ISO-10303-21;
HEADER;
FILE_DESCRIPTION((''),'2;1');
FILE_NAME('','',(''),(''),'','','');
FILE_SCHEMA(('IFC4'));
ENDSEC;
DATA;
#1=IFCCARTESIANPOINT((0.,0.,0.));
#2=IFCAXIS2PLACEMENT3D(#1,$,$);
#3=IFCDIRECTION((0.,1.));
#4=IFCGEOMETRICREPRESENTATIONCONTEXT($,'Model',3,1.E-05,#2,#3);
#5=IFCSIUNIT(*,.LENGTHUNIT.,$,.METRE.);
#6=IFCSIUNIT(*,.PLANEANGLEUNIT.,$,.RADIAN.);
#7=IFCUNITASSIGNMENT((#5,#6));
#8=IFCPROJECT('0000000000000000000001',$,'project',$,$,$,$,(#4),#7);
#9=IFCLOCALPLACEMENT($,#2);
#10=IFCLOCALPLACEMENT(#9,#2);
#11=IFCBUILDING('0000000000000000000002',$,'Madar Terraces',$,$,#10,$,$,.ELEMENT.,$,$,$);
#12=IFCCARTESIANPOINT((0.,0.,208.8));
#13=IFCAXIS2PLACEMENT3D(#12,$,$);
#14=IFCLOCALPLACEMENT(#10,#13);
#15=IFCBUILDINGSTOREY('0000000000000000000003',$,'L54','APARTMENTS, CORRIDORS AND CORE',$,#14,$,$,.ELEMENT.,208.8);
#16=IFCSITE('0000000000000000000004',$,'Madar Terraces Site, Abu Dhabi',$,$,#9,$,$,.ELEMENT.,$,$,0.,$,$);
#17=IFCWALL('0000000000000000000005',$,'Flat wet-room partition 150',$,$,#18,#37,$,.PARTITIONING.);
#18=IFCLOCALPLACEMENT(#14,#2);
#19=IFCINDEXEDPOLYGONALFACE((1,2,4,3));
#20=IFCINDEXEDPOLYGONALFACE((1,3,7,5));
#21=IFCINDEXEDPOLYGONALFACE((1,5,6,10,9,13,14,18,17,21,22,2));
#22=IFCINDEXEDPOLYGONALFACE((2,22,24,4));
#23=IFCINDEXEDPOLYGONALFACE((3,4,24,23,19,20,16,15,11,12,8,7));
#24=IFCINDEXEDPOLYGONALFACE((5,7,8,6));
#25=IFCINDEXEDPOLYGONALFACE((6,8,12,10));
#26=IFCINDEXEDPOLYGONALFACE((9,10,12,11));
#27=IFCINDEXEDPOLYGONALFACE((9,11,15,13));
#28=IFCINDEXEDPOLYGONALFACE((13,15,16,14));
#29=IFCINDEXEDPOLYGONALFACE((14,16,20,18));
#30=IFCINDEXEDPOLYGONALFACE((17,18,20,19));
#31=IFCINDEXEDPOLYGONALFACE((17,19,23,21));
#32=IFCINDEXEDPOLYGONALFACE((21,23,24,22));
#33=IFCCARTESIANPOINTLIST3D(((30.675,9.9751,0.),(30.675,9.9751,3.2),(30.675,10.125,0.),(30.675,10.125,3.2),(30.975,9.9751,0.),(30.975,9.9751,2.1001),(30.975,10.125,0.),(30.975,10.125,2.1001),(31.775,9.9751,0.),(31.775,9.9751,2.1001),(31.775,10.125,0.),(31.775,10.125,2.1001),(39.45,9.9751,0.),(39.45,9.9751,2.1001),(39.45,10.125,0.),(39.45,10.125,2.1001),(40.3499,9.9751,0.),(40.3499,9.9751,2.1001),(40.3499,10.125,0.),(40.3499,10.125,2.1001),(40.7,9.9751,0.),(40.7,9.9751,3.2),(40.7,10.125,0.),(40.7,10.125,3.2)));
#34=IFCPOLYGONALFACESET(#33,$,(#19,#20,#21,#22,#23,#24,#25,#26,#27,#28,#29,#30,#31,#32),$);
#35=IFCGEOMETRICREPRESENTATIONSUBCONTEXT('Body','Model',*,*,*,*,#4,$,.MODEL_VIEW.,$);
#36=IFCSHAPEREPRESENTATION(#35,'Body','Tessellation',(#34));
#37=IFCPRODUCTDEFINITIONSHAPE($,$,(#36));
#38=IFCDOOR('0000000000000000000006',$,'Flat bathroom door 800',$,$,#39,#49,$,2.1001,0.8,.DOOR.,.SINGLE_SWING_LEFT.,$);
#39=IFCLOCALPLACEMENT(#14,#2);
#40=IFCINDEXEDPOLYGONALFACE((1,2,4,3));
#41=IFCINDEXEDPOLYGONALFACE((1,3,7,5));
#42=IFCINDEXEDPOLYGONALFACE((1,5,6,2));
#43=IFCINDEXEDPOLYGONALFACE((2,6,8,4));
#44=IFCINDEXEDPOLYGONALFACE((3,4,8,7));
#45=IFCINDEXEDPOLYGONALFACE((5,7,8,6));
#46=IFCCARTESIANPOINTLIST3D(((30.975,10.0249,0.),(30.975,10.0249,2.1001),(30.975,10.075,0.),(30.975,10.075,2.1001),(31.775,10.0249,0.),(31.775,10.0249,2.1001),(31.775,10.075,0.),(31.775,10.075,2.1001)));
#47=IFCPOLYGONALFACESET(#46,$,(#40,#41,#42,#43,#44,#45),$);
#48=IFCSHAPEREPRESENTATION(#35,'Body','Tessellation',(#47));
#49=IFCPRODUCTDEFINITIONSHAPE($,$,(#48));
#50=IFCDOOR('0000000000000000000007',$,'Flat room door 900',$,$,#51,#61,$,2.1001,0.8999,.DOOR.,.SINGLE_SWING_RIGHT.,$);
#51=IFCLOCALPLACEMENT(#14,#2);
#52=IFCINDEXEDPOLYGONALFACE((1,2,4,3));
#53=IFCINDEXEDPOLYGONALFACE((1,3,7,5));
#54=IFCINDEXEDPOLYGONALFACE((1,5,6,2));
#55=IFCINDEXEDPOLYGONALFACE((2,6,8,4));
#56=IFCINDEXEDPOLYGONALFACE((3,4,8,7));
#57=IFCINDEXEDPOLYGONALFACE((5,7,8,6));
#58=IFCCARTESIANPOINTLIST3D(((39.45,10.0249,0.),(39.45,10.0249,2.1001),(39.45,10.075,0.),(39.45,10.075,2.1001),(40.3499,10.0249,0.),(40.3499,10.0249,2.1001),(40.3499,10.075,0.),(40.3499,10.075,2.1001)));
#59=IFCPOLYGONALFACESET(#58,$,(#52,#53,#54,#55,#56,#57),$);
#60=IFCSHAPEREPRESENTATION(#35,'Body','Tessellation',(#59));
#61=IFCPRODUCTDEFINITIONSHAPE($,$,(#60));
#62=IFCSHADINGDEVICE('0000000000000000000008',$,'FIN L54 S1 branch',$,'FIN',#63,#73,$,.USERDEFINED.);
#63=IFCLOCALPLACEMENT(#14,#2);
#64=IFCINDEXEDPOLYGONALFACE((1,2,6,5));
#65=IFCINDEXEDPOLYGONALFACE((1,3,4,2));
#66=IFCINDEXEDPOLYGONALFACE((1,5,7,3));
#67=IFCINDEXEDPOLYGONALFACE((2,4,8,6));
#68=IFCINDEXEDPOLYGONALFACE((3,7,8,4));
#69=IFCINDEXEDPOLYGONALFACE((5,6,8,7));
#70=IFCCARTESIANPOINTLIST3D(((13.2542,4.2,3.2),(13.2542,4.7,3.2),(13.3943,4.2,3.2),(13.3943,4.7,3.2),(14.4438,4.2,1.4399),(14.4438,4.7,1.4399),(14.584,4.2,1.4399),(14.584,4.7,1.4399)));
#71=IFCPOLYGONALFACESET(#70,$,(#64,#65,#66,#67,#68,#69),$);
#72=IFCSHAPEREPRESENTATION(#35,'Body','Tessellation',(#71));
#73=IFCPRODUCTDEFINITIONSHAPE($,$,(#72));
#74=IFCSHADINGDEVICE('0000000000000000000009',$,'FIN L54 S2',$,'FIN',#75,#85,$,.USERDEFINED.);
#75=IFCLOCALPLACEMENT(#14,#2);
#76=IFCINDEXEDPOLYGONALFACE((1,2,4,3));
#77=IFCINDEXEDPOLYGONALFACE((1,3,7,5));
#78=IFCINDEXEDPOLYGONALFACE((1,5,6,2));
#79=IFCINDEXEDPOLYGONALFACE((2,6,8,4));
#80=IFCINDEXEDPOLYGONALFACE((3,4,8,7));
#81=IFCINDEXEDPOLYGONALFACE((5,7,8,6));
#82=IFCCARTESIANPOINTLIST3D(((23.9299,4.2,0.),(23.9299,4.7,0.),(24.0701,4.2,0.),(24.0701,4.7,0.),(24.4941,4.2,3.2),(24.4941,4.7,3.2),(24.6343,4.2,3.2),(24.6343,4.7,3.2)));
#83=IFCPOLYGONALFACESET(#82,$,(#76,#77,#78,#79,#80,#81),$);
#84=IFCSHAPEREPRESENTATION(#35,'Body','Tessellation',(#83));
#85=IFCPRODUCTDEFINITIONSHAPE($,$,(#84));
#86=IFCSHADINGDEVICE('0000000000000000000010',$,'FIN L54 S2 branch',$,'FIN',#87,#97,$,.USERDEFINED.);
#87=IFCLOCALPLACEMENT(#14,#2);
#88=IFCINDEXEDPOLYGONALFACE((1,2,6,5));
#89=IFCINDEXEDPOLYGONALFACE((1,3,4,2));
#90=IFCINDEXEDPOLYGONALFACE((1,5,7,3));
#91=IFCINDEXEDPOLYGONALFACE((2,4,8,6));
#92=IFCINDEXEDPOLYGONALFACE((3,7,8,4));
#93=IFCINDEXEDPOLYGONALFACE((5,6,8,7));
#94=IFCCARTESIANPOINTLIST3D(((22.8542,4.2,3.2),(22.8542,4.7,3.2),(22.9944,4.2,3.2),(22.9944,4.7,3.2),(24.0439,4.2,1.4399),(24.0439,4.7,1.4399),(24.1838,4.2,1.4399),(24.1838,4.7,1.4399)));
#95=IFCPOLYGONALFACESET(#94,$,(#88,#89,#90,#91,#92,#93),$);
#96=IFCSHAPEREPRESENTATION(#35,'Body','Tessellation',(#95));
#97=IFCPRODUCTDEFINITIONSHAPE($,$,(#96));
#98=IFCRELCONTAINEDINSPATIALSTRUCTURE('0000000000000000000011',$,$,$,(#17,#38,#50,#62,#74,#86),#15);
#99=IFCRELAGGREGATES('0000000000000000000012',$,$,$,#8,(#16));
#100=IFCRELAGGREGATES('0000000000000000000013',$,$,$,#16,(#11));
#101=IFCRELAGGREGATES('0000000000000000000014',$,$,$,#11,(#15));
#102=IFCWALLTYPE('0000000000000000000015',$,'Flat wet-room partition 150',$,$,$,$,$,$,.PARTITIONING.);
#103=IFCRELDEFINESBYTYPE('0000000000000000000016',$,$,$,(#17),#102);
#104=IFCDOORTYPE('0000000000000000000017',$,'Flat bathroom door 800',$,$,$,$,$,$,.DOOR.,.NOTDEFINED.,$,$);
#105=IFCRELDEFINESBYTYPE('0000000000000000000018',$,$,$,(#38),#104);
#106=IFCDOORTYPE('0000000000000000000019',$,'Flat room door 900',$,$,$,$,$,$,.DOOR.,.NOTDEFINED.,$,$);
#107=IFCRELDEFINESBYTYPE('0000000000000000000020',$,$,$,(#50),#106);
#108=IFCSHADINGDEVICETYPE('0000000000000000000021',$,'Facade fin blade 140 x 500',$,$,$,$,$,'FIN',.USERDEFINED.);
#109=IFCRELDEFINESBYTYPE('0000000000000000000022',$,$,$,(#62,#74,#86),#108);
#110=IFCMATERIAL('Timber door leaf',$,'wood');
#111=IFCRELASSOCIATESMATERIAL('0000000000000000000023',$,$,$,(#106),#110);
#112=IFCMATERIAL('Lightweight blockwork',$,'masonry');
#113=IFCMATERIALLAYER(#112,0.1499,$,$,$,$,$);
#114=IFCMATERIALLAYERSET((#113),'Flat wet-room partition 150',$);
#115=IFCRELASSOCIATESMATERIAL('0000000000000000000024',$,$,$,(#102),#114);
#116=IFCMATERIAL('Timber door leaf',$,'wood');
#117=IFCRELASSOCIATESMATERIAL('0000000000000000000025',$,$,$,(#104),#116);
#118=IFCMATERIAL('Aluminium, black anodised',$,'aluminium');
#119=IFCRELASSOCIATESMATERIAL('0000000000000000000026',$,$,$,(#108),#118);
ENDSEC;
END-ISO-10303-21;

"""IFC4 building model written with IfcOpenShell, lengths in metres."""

from ifc_helpers import new_model, si_unit, direction, frame, frame_2d, origin, place, context, subcontext, project, spatial, polyline, rectangle, outline, extrude, material, layer, layer_set, type_object, element, fill, save


model = new_model("IFC4")

# Units and contexts
model_context = context("Model", 3, precision=1e-05, world=origin(), true_north=direction((0.0, 1.0)))
body_context = subcontext(model_context, "Body", "Model", "MODEL_VIEW")
ifc_project = project(units=[si_unit("LENGTHUNIT", "METRE"), si_unit("PLANEANGLEUNIT", "RADIAN")], contexts=[model_context])

# Site, building, storey
site_placement = place(None, origin())
site = spatial("IfcSite", under=ifc_project, at=site_placement, Name="Madar Terraces Site, Abu Dhabi", CompositionType="ELEMENT", RefElevation=0.0)
building_placement = place(site_placement, origin())
building = spatial("IfcBuilding", under=site, at=building_placement, Name="Madar Terraces", CompositionType="ELEMENT")
storey_placement = place(building_placement, frame((0.0, 0.0, 208.8)))
storey = spatial("IfcBuildingStorey", under=building, at=storey_placement, Name="L54", Description="APARTMENTS, CORRIDORS AND CORE", CompositionType="ELEMENT", Elevation=208.8)

# Shared definitions
ifc_material_1 = material(Name="Timber door leaf", Category="wood")
door_type_1 = type_object("IfcDoorType", Name="Flat room door 900", OperationType="NOTDEFINED", PredefinedType="DOOR", material=ifc_material_1)

# Shared definitions
ifc_material_2 = material(Name="Lightweight blockwork", Category="masonry")
ifc_layer_1 = layer(ifc_material_2, 0.1499)
ifc_layer_set_1 = layer_set([ifc_layer_1], Name="Flat wet-room partition 150")
wall_type_1 = type_object("IfcWallType", Name="Flat wet-room partition 150", PredefinedType="PARTITIONING", material=ifc_layer_set_1)

# Wall, openings, doors
wall_1_placement = place(storey_placement, frame((30.675, 10.05, 0.0), z_axis=(0.0, 0.0, 1.0), x_axis=(1.0, 0.0, 0.0)))
wall_1 = element("IfcWall", 1, at=wall_1_placement, inside=storey, type_object=wall_type_1, Name="Flat wet-room partition 150", PredefinedType="PARTITIONING", context=body_context, shape_type="SweptSolid", body=[
    extrude(rectangle(XDim=10.0249, YDim=0.1499, at=frame_2d((5.0125, 0.0))), origin(), (0.0, 0.0, 1.0), 3.2),
])
opening_1_placement = place(wall_1_placement, frame((0.3, 0.0, 0.0)))
opening_1 = element("IfcOpeningElement", 2, at=opening_1_placement, cuts=wall_1, PredefinedType="OPENING", context=body_context, shape_type="SweptSolid", body=[
    extrude(rectangle(XDim=0.8, YDim=2.1001, at=frame_2d((0.3999, 1.05))), frame((0.0, 0.085, 0.0), z_axis=(0.0, -1.0, 0.0), x_axis=(1.0, 0.0, 0.0)), (0.0, 0.0, 1.0), 0.1699),
])
opening_2_placement = place(wall_1_placement, frame((8.7749, 0.0, 0.0)))
opening_2 = element("IfcOpeningElement", 3, at=opening_2_placement, cuts=wall_1, PredefinedType="OPENING", context=body_context, shape_type="SweptSolid", body=[
    extrude(rectangle(XDim=0.8999, YDim=2.1001, at=frame_2d((0.45, 1.05))), frame((0.0, 0.085, 0.0), z_axis=(0.0, -1.0, 0.0), x_axis=(1.0, 0.0, 0.0)), (0.0, 0.0, 1.0), 0.1699),
])
ifc_material_3 = material(Name="Timber door leaf", Category="wood")
door_type_2 = type_object("IfcDoorType", Name="Flat bathroom door 800", OperationType="NOTDEFINED", PredefinedType="DOOR", material=ifc_material_3)
door_1_placement = place(opening_1_placement, origin())
door_1 = element("IfcDoor", 4, at=door_1_placement, inside=storey, type_object=door_type_2, Name="Flat bathroom door 800", OperationType="SINGLE_SWING_LEFT", OverallHeight=2.1001, OverallWidth=0.8, PredefinedType="DOOR", context=body_context, shape_type="SweptSolid", body=[
    extrude(rectangle(XDim=0.8, YDim=2.1001, at=frame_2d((0.3999, 1.05))), frame((0.0, 0.0249, 0.0), z_axis=(0.0, -1.0, 0.0), x_axis=(1.0, 0.0, 0.0)), (0.0, 0.0, 1.0), 0.05),
])
fill(opening_1, door_1)
door_2_placement = place(opening_2_placement, origin())
door_2 = element("IfcDoor", 5, at=door_2_placement, inside=storey, type_object=door_type_1, Name="Flat room door 900", OperationType="SINGLE_SWING_RIGHT", OverallHeight=2.1001, OverallWidth=0.8999, PredefinedType="DOOR", context=body_context, shape_type="SweptSolid", body=[
    extrude(rectangle(XDim=0.8999, YDim=2.1001, at=frame_2d((0.45, 1.05))), frame((0.0, 0.0249, 0.0), z_axis=(0.0, -1.0, 0.0), x_axis=(1.0, 0.0, 0.0)), (0.0, 0.0, 1.0), 0.05),
])
fill(opening_2, door_2)

# Shading devices
ifc_material_4 = material(Name="Aluminium, black anodised", Category="aluminium")
shading_device_type = type_object("IfcShadingDeviceType", Name="Facade fin blade 140 x 500", ElementType="FIN", PredefinedType="USERDEFINED", material=ifc_material_4)
shading_device_1_placement = place(storey_placement, frame((14.4438, 4.45, 1.4399), z_axis=(0.0, 0.0, 1.0), x_axis=(1.0, 0.0, 0.0)))
element("IfcShadingDevice", 6, at=shading_device_1_placement, inside=storey, type_object=shading_device_type, Name="FIN L54 S1 branch", ObjectType="FIN", PredefinedType="USERDEFINED", context=body_context, shape_type="SweptSolid", body=[
    extrude(outline(polyline([(0.0, 0.0), (0.1401, 0.0), (-1.0496, 1.76), (-1.1897, 1.76), (0.0, 0.0)])), frame((0.0, 0.25, 0.0), z_axis=(0.0, -1.0, 0.0), x_axis=(1.0, 0.0, 0.0)), (0.0, 0.0, 1.0), 0.5),
])
shading_device_2_placement = place(storey_placement, frame((23.9299, 4.45, 0.0), z_axis=(0.0, 0.0, 1.0), x_axis=(1.0, 0.0, 0.0)))
element("IfcShadingDevice", 7, at=shading_device_2_placement, inside=storey, type_object=shading_device_type, Name="FIN L54 S2", ObjectType="FIN", PredefinedType="USERDEFINED", context=body_context, shape_type="SweptSolid", body=[
    extrude(outline(polyline([(0.0, 0.0), (0.1401, 0.0), (0.7043, 3.2), (0.5642, 3.2), (0.0, 0.0)])), frame((0.0, 0.25, 0.0), z_axis=(0.0, -1.0, 0.0), x_axis=(1.0, 0.0, 0.0)), (0.0, 0.0, 1.0), 0.5),
])
shading_device_3_placement = place(storey_placement, frame((24.0439, 4.45, 1.4399), z_axis=(0.0, 0.0, 1.0), x_axis=(1.0, 0.0, 0.0)))
element("IfcShadingDevice", 8, at=shading_device_3_placement, inside=storey, type_object=shading_device_type, Name="FIN L54 S2 branch", ObjectType="FIN", PredefinedType="USERDEFINED", context=body_context, shape_type="SweptSolid", body=[
    extrude(outline(polyline([(0.0, 0.0), (0.1399, 0.0), (-1.0496, 1.76), (-1.1897, 1.76), (0.0, 0.0)])), frame((0.0, 0.25, 0.0), z_axis=(0.0, -1.0, 0.0), x_axis=(1.0, 0.0, 0.0)), (0.0, 0.0, 1.0), 0.5),
])

save(model, "model.ifc")
